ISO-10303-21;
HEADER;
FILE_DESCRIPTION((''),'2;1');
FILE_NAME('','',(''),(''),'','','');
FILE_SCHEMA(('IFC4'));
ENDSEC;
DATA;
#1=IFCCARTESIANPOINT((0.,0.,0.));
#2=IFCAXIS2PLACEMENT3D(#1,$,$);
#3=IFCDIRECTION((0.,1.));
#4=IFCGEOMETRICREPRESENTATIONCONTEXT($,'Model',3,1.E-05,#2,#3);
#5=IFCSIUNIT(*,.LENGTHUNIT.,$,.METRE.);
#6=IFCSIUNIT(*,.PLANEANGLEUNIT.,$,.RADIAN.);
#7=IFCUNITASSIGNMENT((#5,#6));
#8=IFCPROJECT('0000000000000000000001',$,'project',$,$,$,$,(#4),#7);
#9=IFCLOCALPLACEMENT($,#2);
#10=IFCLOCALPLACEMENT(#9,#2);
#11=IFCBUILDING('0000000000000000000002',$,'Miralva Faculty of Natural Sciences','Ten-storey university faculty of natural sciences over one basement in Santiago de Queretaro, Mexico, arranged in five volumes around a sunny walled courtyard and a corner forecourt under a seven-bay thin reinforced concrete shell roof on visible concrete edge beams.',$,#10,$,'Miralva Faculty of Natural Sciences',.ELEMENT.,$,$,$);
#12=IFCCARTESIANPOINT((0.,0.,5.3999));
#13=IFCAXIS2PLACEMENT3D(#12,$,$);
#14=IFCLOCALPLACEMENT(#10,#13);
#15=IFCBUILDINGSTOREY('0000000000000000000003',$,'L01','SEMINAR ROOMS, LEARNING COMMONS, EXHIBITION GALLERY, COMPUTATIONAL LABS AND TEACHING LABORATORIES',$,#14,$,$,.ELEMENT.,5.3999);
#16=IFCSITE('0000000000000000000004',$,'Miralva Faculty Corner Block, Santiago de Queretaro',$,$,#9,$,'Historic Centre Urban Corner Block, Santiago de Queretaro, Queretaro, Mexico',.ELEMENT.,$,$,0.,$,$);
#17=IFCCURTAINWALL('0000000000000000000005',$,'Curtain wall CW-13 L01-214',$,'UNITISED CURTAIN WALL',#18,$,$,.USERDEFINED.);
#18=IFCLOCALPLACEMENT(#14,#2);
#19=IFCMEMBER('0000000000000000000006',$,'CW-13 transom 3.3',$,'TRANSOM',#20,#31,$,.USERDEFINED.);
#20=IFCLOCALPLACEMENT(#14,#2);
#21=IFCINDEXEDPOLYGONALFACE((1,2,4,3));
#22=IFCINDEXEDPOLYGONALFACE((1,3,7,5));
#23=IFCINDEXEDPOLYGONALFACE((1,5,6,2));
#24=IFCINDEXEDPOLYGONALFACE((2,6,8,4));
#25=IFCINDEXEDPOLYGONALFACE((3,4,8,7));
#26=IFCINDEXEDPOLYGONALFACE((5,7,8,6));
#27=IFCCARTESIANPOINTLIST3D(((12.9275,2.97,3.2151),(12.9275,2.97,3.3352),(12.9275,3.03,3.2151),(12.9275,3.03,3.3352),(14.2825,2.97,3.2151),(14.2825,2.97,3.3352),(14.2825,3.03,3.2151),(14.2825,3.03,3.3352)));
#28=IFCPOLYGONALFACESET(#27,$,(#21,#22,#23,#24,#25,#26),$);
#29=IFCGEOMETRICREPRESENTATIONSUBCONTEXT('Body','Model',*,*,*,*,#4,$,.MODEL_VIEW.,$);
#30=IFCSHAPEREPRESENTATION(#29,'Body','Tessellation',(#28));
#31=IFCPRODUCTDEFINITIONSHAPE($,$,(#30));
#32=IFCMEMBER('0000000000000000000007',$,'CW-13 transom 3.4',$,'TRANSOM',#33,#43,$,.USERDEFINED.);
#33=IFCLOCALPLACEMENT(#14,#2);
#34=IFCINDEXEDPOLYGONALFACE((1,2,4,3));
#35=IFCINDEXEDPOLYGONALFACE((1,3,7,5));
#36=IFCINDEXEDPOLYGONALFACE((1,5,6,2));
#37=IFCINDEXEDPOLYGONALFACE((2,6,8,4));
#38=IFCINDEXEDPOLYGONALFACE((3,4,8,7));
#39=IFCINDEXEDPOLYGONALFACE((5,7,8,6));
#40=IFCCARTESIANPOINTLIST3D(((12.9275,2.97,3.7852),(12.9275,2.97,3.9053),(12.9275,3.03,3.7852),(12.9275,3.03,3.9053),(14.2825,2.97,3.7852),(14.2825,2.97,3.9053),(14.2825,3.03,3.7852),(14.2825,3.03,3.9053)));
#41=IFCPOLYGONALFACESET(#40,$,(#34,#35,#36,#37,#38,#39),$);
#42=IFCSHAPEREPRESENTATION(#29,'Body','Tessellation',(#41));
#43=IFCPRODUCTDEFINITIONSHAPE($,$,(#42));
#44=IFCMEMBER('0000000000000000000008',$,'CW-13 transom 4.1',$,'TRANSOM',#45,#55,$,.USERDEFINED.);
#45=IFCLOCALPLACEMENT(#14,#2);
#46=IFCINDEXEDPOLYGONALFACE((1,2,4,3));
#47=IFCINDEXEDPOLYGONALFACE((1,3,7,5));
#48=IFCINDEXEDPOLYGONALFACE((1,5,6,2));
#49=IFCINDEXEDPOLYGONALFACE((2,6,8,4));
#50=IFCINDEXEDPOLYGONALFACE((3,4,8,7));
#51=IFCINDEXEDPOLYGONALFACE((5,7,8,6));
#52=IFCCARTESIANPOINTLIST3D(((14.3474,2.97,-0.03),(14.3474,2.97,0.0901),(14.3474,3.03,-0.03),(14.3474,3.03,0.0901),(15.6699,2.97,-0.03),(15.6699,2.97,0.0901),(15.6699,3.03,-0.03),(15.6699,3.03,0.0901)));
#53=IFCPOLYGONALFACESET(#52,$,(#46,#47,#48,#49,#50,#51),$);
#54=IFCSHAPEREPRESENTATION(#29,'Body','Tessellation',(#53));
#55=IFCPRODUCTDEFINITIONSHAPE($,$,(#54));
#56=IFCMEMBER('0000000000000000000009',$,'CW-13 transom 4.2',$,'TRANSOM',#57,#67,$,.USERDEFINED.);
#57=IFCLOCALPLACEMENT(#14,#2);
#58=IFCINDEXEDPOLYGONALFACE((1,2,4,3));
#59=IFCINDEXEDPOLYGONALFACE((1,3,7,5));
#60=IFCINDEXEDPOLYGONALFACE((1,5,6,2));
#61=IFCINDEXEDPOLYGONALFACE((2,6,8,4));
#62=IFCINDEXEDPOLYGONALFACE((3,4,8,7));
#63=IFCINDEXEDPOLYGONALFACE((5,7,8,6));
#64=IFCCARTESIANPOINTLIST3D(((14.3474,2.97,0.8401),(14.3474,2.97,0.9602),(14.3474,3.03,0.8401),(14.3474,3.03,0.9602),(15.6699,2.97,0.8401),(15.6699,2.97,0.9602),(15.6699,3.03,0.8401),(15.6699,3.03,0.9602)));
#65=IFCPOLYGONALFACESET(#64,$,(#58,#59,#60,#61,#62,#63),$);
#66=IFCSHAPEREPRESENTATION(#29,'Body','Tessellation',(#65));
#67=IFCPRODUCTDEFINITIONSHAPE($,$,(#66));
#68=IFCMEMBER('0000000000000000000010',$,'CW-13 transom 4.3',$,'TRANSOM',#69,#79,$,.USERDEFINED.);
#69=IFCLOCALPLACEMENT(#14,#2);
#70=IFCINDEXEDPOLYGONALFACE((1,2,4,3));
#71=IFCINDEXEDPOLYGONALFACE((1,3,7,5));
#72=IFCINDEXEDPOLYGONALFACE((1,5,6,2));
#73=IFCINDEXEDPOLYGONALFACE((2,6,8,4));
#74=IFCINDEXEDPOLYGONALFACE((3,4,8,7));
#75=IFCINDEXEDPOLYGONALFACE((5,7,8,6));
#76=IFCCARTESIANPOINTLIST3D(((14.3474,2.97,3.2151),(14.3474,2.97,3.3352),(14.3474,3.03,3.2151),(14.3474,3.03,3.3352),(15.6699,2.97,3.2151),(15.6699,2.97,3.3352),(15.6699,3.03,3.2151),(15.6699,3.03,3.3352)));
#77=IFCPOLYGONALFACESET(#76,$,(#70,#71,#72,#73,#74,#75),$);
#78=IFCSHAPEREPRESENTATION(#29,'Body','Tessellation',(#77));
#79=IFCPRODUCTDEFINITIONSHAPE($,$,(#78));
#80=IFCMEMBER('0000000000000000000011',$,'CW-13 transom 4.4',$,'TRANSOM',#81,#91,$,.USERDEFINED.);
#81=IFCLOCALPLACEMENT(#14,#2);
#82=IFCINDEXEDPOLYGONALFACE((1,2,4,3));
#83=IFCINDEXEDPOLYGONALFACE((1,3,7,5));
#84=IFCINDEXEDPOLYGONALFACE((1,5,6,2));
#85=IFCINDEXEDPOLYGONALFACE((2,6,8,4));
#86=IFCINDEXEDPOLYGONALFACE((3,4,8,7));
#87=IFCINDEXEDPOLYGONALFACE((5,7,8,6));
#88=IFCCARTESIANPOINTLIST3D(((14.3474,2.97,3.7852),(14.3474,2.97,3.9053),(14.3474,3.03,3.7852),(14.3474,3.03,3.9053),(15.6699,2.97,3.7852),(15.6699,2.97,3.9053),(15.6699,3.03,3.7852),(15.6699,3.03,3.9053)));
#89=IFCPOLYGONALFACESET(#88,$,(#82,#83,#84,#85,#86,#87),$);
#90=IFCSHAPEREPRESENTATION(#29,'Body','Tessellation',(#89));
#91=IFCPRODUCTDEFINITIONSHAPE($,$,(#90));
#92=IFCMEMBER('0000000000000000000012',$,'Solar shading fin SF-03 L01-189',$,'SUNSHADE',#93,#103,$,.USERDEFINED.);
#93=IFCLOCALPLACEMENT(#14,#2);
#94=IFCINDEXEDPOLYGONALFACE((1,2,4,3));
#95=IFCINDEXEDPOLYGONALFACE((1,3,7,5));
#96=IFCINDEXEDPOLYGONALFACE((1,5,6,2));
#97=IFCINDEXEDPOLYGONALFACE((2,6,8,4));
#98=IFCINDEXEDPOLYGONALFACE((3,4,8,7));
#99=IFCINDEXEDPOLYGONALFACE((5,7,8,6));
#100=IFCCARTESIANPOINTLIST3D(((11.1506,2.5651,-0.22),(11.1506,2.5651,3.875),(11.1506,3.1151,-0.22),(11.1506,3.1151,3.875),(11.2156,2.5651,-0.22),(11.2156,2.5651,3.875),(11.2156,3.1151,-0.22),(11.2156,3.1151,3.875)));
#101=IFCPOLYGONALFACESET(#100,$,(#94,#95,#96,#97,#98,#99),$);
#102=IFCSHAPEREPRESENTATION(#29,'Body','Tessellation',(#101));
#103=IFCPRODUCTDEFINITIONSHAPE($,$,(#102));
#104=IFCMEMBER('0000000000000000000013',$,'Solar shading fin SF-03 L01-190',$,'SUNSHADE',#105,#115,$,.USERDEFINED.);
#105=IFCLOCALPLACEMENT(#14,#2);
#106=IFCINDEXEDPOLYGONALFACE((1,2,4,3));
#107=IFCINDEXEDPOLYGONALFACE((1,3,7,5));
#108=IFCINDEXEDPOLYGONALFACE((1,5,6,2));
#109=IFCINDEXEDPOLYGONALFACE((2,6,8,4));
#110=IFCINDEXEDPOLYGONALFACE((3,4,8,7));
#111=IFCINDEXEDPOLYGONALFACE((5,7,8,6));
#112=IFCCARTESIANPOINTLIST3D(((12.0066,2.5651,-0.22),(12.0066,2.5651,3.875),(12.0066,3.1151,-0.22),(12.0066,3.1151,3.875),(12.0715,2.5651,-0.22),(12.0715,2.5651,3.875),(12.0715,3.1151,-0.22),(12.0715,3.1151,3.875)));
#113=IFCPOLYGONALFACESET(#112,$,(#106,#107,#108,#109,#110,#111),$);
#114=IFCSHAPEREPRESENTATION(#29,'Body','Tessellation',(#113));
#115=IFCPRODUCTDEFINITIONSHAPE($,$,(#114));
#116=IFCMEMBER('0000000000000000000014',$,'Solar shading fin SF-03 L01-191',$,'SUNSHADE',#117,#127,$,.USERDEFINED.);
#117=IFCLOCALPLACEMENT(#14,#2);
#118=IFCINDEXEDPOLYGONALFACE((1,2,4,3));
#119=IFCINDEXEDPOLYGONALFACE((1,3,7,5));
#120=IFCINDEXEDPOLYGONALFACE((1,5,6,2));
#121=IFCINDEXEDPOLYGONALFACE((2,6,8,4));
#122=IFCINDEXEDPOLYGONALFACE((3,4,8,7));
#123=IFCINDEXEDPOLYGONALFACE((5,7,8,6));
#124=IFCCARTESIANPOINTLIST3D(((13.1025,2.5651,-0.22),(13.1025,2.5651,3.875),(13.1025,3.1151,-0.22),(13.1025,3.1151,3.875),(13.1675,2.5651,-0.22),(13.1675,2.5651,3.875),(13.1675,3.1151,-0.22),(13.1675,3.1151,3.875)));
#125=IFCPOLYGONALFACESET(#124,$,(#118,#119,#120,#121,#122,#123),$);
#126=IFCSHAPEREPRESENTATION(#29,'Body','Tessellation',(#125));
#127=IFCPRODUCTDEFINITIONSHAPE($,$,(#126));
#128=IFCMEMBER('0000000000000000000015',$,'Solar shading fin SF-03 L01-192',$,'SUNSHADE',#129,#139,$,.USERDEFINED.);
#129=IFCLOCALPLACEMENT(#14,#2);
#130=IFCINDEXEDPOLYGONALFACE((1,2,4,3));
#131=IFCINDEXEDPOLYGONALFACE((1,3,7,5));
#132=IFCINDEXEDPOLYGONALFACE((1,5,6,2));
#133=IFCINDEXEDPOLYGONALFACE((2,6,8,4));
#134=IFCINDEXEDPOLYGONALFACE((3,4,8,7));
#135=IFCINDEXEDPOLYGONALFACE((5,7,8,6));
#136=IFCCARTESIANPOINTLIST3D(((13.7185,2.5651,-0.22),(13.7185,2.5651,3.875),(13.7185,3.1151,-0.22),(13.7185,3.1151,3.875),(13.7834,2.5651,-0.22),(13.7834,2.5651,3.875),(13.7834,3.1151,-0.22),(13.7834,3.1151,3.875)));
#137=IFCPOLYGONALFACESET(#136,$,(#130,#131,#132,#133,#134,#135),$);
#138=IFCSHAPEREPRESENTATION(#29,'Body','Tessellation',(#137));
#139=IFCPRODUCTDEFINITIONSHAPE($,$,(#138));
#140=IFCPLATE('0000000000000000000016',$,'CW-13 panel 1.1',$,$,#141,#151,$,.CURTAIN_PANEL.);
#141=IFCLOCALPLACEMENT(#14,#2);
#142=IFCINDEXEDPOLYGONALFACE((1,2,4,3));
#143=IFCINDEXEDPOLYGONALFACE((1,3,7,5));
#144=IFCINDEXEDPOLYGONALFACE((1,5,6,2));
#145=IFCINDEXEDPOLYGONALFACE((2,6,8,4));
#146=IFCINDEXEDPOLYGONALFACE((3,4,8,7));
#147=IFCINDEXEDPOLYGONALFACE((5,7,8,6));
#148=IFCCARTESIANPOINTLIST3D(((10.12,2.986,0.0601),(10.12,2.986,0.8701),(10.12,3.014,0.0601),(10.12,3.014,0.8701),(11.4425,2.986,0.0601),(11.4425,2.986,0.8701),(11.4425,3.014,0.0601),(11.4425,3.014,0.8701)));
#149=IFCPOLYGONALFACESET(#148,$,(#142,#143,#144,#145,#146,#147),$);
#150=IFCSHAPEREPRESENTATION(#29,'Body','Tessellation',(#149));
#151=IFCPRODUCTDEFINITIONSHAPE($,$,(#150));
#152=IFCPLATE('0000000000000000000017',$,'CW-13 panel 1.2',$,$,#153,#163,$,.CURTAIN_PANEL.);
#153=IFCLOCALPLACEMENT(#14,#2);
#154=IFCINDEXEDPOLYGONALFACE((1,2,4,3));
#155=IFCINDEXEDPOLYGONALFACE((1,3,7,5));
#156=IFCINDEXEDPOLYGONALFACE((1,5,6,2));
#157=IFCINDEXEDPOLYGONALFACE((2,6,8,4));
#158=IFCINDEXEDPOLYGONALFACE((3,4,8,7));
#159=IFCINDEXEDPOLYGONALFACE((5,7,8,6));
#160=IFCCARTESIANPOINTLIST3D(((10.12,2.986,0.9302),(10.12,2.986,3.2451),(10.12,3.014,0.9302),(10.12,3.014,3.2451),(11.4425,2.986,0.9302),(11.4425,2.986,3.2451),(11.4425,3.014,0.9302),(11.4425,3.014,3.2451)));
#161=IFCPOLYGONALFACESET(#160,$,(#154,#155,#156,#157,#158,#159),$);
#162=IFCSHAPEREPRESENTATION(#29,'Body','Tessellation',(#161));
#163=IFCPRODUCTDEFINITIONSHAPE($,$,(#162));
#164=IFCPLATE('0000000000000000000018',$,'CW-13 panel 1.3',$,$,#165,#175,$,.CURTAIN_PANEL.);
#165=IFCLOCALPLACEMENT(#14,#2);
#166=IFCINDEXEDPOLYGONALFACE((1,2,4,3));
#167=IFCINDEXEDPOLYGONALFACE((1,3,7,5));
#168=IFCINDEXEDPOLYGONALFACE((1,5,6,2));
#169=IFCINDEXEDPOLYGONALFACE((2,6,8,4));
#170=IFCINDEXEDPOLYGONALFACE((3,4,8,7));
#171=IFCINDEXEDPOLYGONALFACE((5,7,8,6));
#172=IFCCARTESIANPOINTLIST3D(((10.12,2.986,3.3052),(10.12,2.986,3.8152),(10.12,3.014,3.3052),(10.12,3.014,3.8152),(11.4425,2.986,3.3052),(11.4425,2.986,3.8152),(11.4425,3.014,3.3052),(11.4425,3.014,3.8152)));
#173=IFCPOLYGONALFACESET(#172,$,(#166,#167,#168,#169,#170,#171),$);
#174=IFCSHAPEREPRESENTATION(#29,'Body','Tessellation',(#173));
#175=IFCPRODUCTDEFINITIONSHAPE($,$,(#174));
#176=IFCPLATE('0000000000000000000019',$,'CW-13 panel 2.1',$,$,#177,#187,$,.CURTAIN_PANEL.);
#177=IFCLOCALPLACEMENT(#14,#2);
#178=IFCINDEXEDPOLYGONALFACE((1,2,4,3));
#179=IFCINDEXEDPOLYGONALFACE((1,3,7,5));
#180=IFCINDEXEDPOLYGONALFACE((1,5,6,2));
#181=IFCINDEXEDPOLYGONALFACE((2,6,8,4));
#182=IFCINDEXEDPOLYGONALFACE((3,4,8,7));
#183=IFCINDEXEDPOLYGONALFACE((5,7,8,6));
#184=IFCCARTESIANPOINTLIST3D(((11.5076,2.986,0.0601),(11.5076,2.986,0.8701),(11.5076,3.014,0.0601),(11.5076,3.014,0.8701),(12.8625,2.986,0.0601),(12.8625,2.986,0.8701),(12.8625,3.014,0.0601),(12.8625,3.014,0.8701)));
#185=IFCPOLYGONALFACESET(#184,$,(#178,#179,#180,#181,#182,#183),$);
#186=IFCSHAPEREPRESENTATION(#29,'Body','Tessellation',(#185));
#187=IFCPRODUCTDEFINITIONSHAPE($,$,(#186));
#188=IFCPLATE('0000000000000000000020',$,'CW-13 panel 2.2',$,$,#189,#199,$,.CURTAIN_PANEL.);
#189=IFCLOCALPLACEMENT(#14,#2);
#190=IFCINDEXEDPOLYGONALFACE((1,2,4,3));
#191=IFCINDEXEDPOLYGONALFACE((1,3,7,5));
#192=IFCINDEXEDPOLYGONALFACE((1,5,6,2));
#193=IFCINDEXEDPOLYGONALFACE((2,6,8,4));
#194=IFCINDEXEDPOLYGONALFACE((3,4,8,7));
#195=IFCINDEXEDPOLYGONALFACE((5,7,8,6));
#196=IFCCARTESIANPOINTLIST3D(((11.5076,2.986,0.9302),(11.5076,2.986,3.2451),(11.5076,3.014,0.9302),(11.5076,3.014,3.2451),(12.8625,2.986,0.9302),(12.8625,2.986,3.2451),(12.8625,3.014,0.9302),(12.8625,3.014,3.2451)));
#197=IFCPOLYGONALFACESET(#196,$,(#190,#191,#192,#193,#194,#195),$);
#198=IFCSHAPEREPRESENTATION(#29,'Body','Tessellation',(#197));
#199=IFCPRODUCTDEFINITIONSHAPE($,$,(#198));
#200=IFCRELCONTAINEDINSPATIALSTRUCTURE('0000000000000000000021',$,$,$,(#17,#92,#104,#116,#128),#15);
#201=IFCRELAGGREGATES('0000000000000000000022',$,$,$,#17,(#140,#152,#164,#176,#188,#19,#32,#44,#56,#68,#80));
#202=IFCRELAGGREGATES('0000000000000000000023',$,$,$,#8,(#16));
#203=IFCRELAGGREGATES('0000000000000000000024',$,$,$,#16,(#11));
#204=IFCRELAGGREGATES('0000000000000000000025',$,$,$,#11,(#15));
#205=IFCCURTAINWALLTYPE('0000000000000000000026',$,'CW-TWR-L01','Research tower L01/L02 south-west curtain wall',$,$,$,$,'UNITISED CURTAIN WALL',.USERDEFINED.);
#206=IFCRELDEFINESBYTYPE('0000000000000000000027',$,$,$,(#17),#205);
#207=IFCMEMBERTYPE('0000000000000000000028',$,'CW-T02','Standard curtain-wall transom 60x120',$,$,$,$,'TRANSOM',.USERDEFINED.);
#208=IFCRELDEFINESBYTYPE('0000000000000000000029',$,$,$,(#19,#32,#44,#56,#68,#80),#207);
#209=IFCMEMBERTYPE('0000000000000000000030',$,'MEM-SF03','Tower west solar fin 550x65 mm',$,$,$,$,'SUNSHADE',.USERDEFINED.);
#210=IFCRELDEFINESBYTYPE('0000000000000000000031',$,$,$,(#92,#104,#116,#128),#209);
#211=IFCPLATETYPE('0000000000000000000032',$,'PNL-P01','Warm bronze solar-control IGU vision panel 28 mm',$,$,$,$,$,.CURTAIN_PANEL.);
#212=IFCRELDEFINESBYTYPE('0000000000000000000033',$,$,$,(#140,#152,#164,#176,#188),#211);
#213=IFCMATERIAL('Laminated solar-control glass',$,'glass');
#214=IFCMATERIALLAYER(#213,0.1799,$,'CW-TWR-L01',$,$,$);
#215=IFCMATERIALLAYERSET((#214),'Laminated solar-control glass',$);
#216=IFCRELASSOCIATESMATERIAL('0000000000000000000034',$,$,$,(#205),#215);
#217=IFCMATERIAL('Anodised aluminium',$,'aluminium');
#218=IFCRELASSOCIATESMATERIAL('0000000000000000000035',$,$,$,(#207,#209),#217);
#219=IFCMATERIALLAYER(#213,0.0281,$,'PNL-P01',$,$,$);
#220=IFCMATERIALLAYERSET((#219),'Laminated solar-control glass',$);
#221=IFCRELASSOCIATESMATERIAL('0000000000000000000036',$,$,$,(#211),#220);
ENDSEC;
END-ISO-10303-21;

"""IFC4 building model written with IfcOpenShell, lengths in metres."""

from ifc_helpers import new_model, si_unit, direction, frame, origin, origin_2d, place, context, subcontext, project, spatial, rectangle, extrude, material, layer, layer_set, material_profile, profile_set, type_object, element, aggregate, save


model = new_model("IFC4")

# Units and contexts
model_context = context("Model", 3, precision=1e-05, world=origin(), true_north=direction((0.0, 1.0)))
body_context = subcontext(model_context, "Body", "Model", "MODEL_VIEW")
ifc_project = project(units=[si_unit("LENGTHUNIT", "METRE"), si_unit("PLANEANGLEUNIT", "RADIAN")], contexts=[model_context])

# Site, building, storey
site_placement = place(None, origin())
site = spatial("IfcSite", under=ifc_project, at=site_placement, Name="Miralva Faculty Corner Block, Santiago de Queretaro", LongName="Historic Centre Urban Corner Block, Santiago de Queretaro, Queretaro, Mexico", CompositionType="ELEMENT", RefElevation=0.0)
building_placement = place(site_placement, origin())
building = spatial("IfcBuilding", under=site, at=building_placement, Name="Miralva Faculty of Natural Sciences", Description="Ten-storey university faculty of natural sciences over one basement in Santiago de Queretaro, Mexico, arranged in five volumes around a sunny walled courtyard and a corner forecourt under a seven-bay thin reinforced concrete shell roof on visible concrete edge beams.", LongName="Miralva Faculty of Natural Sciences", CompositionType="ELEMENT")
storey_placement = place(building_placement, frame((0.0, 0.0, 5.3999)))
storey = spatial("IfcBuildingStorey", under=building, at=storey_placement, Name="L01", Description="SEMINAR ROOMS, LEARNING COMMONS, EXHIBITION GALLERY, COMPUTATIONAL LABS AND TEACHING LABORATORIES", CompositionType="ELEMENT", Elevation=5.3999)

# Curtain wall, members
ifc_material_1 = material(Name="Laminated solar-control glass", Category="glass")
ifc_layer_1 = layer(ifc_material_1, 0.1799, Name="CW-TWR-L01")
ifc_layer_set_1 = layer_set([ifc_layer_1], Name="Laminated solar-control glass")
curtain_wall_type = type_object("IfcCurtainWallType", Name="CW-TWR-L01", Description="Research tower L01/L02 south-west curtain wall", ElementType="UNITISED CURTAIN WALL", PredefinedType="USERDEFINED", material=ifc_layer_set_1)
curtain_wall_placement = place(storey_placement, origin())
curtain_wall = element("IfcCurtainWall", 1, at=curtain_wall_placement, inside=storey, type_object=curtain_wall_type, Name="Curtain wall CW-13 L01-214", ObjectType="UNITISED CURTAIN WALL", PredefinedType="USERDEFINED")
ifc_material_2 = material(Name="Anodised aluminium", Category="aluminium")
ifc_material_profile_1 = material_profile(ifc_material_2, rectangle(XDim=0.0601, YDim=0.1201, at=origin_2d()), Name="TRANSOM 60x120")
ifc_profile_set_1 = profile_set([ifc_material_profile_1], Name="Anodised aluminium")
member_type_1 = type_object("IfcMemberType", Name="CW-T02", Description="Standard curtain-wall transom 60x120", ElementType="TRANSOM", PredefinedType="USERDEFINED", material=ifc_profile_set_1)
member_1_placement = place(storey_placement, frame((12.9275, 3.0, 3.2751), z_axis=(1.0, 0.0, 0.0), x_axis=(0.0, 1.0, 0.0)))
member_1 = element("IfcMember", 2, at=member_1_placement, type_object=member_type_1, Name="CW-13 transom 3.3", ObjectType="TRANSOM", PredefinedType="USERDEFINED", context=body_context, shape_type="SweptSolid", body=[
    extrude(rectangle(XDim=0.0601, YDim=0.1201, at=origin_2d()), origin(), (0.0, 0.0, 1.0), 1.355),
])
member_2_placement = place(storey_placement, frame((12.9275, 3.0, 3.8452), z_axis=(1.0, 0.0, 0.0), x_axis=(0.0, 1.0, 0.0)))
member_2 = element("IfcMember", 3, at=member_2_placement, type_object=member_type_1, Name="CW-13 transom 3.4", ObjectType="TRANSOM", PredefinedType="USERDEFINED", context=body_context, shape_type="SweptSolid", body=[
    extrude(rectangle(XDim=0.0601, YDim=0.1201, at=origin_2d()), origin(), (0.0, 0.0, 1.0), 1.355),
])
member_3_placement = place(storey_placement, frame((14.3474, 3.0, 0.03), z_axis=(1.0, 0.0, 0.0), x_axis=(0.0, 1.0, 0.0)))
member_3 = element("IfcMember", 4, at=member_3_placement, type_object=member_type_1, Name="CW-13 transom 4.1", ObjectType="TRANSOM", PredefinedType="USERDEFINED", context=body_context, shape_type="SweptSolid", body=[
    extrude(rectangle(XDim=0.0601, YDim=0.1201, at=origin_2d()), origin(), (0.0, 0.0, 1.0), 1.3225),
])
member_4_placement = place(storey_placement, frame((14.3474, 3.0, 0.9001), z_axis=(1.0, 0.0, 0.0), x_axis=(0.0, 1.0, 0.0)))
member_4 = element("IfcMember", 5, at=member_4_placement, type_object=member_type_1, Name="CW-13 transom 4.2", ObjectType="TRANSOM", PredefinedType="USERDEFINED", context=body_context, shape_type="SweptSolid", body=[
    extrude(rectangle(XDim=0.0601, YDim=0.1201, at=origin_2d()), origin(), (0.0, 0.0, 1.0), 1.3225),
])
member_5_placement = place(storey_placement, frame((14.3474, 3.0, 3.2751), z_axis=(1.0, 0.0, 0.0), x_axis=(0.0, 1.0, 0.0)))
member_5 = element("IfcMember", 6, at=member_5_placement, type_object=member_type_1, Name="CW-13 transom 4.3", ObjectType="TRANSOM", PredefinedType="USERDEFINED", context=body_context, shape_type="SweptSolid", body=[
    extrude(rectangle(XDim=0.0601, YDim=0.1201, at=origin_2d()), origin(), (0.0, 0.0, 1.0), 1.3225),
])
member_6_placement = place(storey_placement, frame((14.3474, 3.0, 3.8452), z_axis=(1.0, 0.0, 0.0), x_axis=(0.0, 1.0, 0.0)))
member_6 = element("IfcMember", 7, at=member_6_placement, type_object=member_type_1, Name="CW-13 transom 4.4", ObjectType="TRANSOM", PredefinedType="USERDEFINED", context=body_context, shape_type="SweptSolid", body=[
    extrude(rectangle(XDim=0.0601, YDim=0.1201, at=origin_2d()), origin(), (0.0, 0.0, 1.0), 1.3225),
])

# Members
ifc_material_profile_2 = material_profile(ifc_material_2, rectangle(XDim=0.0649, YDim=0.55, at=origin_2d()), Name="FIN 550x65")
ifc_profile_set_2 = profile_set([ifc_material_profile_2], Name="Anodised aluminium")
member_type_2 = type_object("IfcMemberType", Name="MEM-SF03", Description="Tower west solar fin 550x65 mm", ElementType="SUNSHADE", PredefinedType="USERDEFINED", material=ifc_profile_set_2)
for number, where, z_axis, x_axis, name in (
    (8, (11.1831, 2.8401, -0.22), (0.0, 0.0, 1.0), (1.0, 0.0, 0.0), "Solar shading fin SF-03 L01-189"),
    (9, (12.0391, 2.8401, -0.22), (0.0, 0.0, 1.0), (1.0, 0.0, 0.0), "Solar shading fin SF-03 L01-190"),
    (10, (13.135, 2.8401, -0.22), (0.0, 0.0, 1.0), (1.0, 0.0, 0.0), "Solar shading fin SF-03 L01-191"),
    (11, (13.751, 2.8401, -0.22), (0.0, 0.0, 1.0), (1.0, 0.0, 0.0), "Solar shading fin SF-03 L01-192"),
):
    element("IfcMember", number, at=place(storey_placement, frame(where, z_axis=z_axis, x_axis=x_axis)), inside=storey, type_object=member_type_2, Name=name, ObjectType="SUNSHADE", PredefinedType="USERDEFINED", context=body_context, shape_type="SweptSolid", body=[
        extrude(rectangle(XDim=0.0649, YDim=0.55, at=origin_2d()), origin(), (0.0, 0.0, 1.0), 4.095),
    ])

# Plates
ifc_layer_2 = layer(ifc_material_1, 0.0281, Name="PNL-P01")
ifc_layer_set_2 = layer_set([ifc_layer_2], Name="Laminated solar-control glass")
plate_type = type_object("IfcPlateType", Name="PNL-P01", Description="Warm bronze solar-control IGU vision panel 28 mm", PredefinedType="CURTAIN_PANEL", material=ifc_layer_set_2)
plate_1_placement = place(storey_placement, frame((10.7812, 3.0, 0.0601), z_axis=(0.0, 0.0, 1.0), x_axis=(1.0, 0.0, 0.0)))
plate_1 = element("IfcPlate", 12, at=plate_1_placement, type_object=plate_type, Name="CW-13 panel 1.1", PredefinedType="CURTAIN_PANEL", context=body_context, shape_type="SweptSolid", body=[
    extrude(rectangle(XDim=1.3225, YDim=0.0281, at=origin_2d()), origin(), (0.0, 0.0, 1.0), 0.8101),
])
plate_2_placement = place(storey_placement, frame((10.7812, 3.0, 0.9302), z_axis=(0.0, 0.0, 1.0), x_axis=(1.0, 0.0, 0.0)))
plate_2 = element("IfcPlate", 13, at=plate_2_placement, type_object=plate_type, Name="CW-13 panel 1.2", PredefinedType="CURTAIN_PANEL", context=body_context, shape_type="SweptSolid", body=[
    extrude(rectangle(XDim=1.3225, YDim=0.0281, at=origin_2d()), origin(), (0.0, 0.0, 1.0), 2.3149),
])
plate_3_placement = place(storey_placement, frame((10.7812, 3.0, 3.3052), z_axis=(0.0, 0.0, 1.0), x_axis=(1.0, 0.0, 0.0)))
plate_3 = element("IfcPlate", 14, at=plate_3_placement, type_object=plate_type, Name="CW-13 panel 1.3", PredefinedType="CURTAIN_PANEL", context=body_context, shape_type="SweptSolid", body=[
    extrude(rectangle(XDim=1.3225, YDim=0.0281, at=origin_2d()), origin(), (0.0, 0.0, 1.0), 0.51),
])
plate_4_placement = place(storey_placement, frame((12.1851, 3.0, 0.0601), z_axis=(0.0, 0.0, 1.0), x_axis=(1.0, 0.0, 0.0)))
plate_4 = element("IfcPlate", 15, at=plate_4_placement, type_object=plate_type, Name="CW-13 panel 2.1", PredefinedType="CURTAIN_PANEL", context=body_context, shape_type="SweptSolid", body=[
    extrude(rectangle(XDim=1.355, YDim=0.0281, at=origin_2d()), origin(), (0.0, 0.0, 1.0), 0.8101),
])
plate_5_placement = place(storey_placement, frame((12.1851, 3.0, 0.9302), z_axis=(0.0, 0.0, 1.0), x_axis=(1.0, 0.0, 0.0)))
plate_5 = element("IfcPlate", 16, at=plate_5_placement, type_object=plate_type, Name="CW-13 panel 2.2", PredefinedType="CURTAIN_PANEL", context=body_context, shape_type="SweptSolid", body=[
    extrude(rectangle(XDim=1.355, YDim=0.0281, at=origin_2d()), origin(), (0.0, 0.0, 1.0), 2.3149),
])
aggregate(curtain_wall, [plate_1, plate_2, plate_3, plate_4, plate_5, member_1, member_2, member_3, member_4, member_5, member_6])

save(model, "model.ifc")
